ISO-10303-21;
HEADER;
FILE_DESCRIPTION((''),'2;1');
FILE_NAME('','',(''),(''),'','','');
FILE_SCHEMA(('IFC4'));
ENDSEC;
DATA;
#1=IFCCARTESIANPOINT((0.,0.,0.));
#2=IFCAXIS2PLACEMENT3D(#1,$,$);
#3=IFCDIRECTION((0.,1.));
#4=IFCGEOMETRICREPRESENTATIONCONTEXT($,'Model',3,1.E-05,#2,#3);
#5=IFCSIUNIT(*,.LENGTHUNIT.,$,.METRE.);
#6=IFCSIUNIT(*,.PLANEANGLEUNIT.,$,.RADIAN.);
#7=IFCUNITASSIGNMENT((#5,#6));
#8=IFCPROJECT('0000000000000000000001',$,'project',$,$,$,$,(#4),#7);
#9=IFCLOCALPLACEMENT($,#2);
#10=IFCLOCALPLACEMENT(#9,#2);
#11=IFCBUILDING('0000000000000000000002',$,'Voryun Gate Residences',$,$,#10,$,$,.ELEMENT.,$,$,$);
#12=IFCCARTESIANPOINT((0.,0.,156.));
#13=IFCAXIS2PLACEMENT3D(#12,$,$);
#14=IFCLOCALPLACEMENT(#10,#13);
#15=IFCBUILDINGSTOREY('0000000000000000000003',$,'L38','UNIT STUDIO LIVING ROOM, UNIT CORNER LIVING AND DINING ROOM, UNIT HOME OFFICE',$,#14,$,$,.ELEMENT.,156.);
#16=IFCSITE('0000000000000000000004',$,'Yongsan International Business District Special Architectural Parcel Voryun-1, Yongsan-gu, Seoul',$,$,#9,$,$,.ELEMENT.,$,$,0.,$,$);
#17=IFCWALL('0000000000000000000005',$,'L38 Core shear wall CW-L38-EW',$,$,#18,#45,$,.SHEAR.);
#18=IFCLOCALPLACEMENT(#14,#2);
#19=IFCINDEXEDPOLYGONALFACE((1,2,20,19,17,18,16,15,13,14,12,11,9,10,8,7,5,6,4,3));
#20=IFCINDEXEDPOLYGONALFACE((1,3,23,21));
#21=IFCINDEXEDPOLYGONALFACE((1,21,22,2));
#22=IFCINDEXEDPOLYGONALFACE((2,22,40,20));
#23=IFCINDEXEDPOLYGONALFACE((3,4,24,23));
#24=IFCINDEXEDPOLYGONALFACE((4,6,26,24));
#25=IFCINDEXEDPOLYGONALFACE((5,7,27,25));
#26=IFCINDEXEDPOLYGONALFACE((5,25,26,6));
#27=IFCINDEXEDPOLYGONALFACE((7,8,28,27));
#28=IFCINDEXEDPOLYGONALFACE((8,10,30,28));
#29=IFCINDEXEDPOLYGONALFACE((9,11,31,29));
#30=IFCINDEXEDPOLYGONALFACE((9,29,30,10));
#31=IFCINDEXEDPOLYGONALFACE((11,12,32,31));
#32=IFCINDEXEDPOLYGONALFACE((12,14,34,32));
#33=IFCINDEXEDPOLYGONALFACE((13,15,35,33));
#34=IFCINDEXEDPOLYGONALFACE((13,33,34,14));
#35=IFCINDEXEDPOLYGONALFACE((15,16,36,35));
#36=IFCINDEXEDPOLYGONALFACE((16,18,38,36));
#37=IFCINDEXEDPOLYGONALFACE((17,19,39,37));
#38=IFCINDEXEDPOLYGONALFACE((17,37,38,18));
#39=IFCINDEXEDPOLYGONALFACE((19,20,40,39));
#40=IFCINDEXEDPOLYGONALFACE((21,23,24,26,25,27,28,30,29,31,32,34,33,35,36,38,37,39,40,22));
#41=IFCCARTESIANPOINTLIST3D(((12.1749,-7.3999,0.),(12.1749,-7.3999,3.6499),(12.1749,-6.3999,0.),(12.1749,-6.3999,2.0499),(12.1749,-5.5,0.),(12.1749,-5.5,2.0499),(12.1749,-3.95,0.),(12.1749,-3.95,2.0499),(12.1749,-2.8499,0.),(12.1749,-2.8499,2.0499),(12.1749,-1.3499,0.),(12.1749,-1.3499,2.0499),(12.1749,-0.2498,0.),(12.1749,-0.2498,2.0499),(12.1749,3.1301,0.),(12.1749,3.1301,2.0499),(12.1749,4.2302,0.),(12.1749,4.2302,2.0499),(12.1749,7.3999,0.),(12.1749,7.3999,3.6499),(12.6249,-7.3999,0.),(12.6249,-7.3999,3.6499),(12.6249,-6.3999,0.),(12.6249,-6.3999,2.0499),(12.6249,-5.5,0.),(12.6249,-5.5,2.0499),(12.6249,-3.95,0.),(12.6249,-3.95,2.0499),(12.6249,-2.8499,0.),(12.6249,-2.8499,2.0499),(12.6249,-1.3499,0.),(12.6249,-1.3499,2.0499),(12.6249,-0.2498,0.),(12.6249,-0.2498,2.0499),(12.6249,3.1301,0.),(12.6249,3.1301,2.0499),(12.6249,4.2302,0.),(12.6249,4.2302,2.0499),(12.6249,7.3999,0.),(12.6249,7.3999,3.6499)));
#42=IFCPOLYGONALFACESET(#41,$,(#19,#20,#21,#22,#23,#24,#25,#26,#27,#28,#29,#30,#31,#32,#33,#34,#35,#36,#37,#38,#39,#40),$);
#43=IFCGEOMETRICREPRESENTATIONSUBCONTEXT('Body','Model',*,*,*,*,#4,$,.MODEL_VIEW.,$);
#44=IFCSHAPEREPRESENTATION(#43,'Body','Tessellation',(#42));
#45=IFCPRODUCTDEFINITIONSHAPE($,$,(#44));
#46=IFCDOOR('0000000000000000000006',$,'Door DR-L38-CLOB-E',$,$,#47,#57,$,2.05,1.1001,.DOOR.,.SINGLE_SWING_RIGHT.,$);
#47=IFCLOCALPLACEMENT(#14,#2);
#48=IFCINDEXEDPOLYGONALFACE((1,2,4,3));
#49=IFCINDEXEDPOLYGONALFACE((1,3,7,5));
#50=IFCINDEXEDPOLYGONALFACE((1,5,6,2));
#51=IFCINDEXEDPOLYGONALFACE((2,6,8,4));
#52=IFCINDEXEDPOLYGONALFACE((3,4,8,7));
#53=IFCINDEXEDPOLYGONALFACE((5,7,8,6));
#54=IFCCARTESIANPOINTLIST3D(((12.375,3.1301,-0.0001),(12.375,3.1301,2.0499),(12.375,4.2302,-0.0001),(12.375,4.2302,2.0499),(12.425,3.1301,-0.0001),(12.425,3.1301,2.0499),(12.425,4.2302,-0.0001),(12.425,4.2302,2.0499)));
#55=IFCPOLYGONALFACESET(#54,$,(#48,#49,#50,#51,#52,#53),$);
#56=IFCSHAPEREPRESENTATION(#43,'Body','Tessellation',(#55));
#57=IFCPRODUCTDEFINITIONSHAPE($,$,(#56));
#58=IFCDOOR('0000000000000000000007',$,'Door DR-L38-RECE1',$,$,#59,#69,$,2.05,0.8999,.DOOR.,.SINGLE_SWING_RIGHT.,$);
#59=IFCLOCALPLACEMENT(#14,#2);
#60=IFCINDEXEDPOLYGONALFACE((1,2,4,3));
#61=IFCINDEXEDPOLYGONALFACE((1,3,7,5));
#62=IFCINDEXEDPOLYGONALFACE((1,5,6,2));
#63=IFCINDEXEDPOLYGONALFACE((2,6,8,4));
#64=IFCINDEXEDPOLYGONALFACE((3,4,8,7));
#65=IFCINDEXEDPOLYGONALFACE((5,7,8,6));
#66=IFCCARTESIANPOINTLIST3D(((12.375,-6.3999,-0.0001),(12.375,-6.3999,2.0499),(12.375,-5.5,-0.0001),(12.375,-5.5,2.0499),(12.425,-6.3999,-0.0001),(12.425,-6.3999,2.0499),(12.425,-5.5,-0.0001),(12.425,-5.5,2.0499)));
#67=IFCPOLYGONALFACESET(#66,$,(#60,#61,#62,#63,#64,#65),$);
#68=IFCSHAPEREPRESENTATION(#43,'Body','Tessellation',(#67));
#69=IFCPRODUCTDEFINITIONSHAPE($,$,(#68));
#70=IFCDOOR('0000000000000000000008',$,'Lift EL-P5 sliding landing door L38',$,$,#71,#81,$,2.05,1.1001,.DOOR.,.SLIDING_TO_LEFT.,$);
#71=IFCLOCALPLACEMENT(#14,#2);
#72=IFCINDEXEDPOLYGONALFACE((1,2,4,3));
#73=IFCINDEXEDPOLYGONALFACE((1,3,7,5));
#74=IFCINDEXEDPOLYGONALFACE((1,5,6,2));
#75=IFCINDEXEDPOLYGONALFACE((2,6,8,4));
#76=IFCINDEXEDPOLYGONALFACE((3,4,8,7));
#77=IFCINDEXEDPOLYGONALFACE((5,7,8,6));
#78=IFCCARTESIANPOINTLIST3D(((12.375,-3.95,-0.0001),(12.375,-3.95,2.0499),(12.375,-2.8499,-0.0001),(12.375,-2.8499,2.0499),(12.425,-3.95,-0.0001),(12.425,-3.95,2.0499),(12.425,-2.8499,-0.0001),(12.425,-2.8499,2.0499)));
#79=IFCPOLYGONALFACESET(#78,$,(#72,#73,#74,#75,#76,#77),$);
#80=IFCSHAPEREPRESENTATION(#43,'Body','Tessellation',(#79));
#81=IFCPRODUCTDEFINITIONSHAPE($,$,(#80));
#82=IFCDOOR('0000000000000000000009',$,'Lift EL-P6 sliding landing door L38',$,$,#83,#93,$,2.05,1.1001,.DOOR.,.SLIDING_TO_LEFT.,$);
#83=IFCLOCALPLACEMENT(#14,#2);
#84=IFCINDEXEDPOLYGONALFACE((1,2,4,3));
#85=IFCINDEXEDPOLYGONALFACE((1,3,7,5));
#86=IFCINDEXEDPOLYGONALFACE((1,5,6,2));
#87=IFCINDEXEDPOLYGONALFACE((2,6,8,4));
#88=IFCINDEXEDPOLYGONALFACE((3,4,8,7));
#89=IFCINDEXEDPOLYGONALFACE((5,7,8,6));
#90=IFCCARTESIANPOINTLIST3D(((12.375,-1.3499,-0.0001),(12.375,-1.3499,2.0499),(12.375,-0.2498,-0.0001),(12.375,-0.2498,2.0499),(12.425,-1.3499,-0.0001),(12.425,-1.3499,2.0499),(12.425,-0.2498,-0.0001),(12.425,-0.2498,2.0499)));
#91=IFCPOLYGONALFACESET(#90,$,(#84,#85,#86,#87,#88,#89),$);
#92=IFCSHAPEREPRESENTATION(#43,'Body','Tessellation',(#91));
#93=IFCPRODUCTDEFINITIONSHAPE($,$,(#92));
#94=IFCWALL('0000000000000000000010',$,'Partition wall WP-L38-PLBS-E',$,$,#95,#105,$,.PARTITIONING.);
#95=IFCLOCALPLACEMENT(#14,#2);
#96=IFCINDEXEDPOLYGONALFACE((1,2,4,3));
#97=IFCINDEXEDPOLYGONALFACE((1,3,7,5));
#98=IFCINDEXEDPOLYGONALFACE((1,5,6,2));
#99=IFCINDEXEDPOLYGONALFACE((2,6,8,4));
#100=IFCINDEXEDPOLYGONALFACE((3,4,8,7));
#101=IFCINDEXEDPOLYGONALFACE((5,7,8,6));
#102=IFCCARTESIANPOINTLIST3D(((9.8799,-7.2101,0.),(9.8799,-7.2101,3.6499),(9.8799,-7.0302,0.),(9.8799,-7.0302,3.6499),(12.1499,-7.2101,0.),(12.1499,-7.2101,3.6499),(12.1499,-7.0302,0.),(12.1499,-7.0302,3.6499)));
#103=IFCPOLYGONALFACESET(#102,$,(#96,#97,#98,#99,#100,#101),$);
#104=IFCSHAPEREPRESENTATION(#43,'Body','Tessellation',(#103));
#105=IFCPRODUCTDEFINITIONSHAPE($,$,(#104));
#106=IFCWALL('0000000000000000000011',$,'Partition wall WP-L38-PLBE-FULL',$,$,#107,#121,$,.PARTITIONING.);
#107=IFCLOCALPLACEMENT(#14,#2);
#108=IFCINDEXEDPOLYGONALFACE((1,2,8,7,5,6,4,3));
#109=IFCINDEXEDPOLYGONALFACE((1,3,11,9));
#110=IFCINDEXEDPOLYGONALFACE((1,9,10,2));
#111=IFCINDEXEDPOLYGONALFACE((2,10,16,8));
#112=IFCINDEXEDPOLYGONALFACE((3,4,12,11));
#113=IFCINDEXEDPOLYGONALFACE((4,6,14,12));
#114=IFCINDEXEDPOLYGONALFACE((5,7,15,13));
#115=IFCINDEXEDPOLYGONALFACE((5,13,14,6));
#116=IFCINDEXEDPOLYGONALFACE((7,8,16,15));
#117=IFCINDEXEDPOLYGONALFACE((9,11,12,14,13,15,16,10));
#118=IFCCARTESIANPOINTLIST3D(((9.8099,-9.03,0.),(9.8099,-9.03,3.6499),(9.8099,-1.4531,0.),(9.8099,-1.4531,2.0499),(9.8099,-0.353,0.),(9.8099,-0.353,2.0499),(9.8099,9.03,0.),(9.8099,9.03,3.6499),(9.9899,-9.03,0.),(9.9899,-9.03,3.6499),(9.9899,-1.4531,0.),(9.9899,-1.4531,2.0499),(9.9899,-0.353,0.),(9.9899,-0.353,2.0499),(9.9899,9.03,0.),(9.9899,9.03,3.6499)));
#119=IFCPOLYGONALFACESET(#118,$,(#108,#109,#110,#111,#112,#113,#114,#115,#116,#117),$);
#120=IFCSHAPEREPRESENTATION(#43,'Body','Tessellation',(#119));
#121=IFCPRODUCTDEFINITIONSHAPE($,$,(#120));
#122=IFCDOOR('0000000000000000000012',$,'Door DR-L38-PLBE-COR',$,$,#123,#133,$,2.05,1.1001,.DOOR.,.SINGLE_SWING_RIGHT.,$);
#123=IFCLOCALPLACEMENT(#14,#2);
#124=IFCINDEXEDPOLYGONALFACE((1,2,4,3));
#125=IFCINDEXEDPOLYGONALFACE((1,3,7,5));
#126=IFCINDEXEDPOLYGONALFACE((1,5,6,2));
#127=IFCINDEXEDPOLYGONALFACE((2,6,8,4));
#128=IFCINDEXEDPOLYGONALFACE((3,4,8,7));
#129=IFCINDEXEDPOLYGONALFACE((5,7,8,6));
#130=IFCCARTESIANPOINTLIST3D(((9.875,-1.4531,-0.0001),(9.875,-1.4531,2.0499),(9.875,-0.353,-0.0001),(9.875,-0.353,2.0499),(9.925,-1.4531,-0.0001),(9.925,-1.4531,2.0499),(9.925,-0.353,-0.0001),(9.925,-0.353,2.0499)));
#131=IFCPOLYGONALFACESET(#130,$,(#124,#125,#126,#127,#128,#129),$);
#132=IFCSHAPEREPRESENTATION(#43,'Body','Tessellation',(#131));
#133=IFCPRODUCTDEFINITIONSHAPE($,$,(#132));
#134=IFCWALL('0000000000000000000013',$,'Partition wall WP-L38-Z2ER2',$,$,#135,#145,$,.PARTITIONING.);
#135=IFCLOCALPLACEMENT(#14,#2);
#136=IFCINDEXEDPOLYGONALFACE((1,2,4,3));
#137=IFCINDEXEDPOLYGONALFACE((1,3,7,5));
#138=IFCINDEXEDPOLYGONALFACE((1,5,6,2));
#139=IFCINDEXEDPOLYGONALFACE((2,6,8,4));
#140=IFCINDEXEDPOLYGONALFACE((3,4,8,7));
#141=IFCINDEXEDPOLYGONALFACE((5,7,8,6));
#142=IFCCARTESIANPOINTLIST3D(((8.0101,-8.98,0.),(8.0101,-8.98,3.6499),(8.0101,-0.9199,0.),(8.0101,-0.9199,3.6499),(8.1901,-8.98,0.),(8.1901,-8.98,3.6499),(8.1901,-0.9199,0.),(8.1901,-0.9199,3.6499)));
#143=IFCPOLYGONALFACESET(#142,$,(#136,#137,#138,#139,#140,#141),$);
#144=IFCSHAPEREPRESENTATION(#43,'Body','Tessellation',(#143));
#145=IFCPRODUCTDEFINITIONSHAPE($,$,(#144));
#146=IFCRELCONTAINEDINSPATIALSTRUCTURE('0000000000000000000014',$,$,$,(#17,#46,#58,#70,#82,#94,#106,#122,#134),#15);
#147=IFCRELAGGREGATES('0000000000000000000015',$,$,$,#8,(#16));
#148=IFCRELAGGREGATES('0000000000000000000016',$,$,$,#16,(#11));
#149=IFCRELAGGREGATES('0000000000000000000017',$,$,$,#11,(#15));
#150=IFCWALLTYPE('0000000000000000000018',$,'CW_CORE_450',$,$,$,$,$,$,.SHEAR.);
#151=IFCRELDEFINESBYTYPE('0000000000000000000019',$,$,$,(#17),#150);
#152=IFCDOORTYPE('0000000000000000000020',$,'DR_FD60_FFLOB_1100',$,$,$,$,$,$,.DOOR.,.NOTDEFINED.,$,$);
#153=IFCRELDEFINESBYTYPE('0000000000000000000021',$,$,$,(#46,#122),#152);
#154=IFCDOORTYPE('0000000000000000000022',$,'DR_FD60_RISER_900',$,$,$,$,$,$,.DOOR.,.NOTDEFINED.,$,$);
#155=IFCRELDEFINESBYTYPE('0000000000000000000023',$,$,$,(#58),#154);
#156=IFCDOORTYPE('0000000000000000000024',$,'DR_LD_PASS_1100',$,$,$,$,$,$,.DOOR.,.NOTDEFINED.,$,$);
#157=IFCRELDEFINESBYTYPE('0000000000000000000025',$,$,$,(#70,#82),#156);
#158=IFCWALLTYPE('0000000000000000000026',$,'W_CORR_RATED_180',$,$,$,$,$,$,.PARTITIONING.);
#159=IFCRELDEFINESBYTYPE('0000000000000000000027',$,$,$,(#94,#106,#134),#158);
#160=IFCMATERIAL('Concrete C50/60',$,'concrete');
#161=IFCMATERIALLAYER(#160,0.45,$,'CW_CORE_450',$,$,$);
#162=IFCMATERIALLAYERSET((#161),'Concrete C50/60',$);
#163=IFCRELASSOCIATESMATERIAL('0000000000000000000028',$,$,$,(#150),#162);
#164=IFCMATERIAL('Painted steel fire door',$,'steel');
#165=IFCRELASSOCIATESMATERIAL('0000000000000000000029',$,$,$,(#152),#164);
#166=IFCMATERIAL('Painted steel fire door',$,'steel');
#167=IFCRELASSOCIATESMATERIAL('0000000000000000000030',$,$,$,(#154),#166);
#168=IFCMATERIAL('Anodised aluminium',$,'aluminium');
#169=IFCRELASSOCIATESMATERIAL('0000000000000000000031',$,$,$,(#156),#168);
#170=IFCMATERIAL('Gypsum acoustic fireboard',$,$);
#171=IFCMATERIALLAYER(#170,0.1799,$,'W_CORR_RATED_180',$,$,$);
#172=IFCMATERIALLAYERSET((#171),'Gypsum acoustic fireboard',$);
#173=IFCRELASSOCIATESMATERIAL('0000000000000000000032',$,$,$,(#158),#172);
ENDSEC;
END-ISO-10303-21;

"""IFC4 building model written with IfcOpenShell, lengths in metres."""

from ifc_helpers import new_model, si_unit, direction, frame, frame_2d, origin, place, context, subcontext, project, spatial, rectangle, extrude, material, layer, layer_set, type_object, element, fill, save


model = new_model("IFC4")

# Units and contexts
model_context = context("Model", 3, precision=1e-05, world=origin(), true_north=direction((0.0, 1.0)))
body_context = subcontext(model_context, "Body", "Model", "MODEL_VIEW")
ifc_project = project(units=[si_unit("LENGTHUNIT", "METRE"), si_unit("PLANEANGLEUNIT", "RADIAN")], contexts=[model_context])

# Site, building, storey
site_placement = place(None, origin())
site = spatial("IfcSite", under=ifc_project, at=site_placement, Name="Yongsan International Business District Special Architectural Parcel Voryun-1, Yongsan-gu, Seoul", CompositionType="ELEMENT", RefElevation=0.0)
building_placement = place(site_placement, origin())
building = spatial("IfcBuilding", under=site, at=building_placement, Name="Voryun Gate Residences", CompositionType="ELEMENT")
storey_placement = place(building_placement, frame((0.0, 0.0, 156.0)))
storey = spatial("IfcBuildingStorey", under=building, at=storey_placement, Name="L38", Description="UNIT STUDIO LIVING ROOM, UNIT CORNER LIVING AND DINING ROOM, UNIT HOME OFFICE", CompositionType="ELEMENT", Elevation=156.0)

# Shared definitions
ifc_material_1 = material(Name="Concrete C50/60", Category="concrete")
ifc_layer_1 = layer(ifc_material_1, 0.45, Name="CW_CORE_450")
ifc_layer_set_1 = layer_set([ifc_layer_1], Name="Concrete C50/60")
wall_type_1 = type_object("IfcWallType", Name="CW_CORE_450", PredefinedType="SHEAR", material=ifc_layer_set_1)

# Wall, openings, doors
wall_1_placement = place(storey_placement, frame((12.3999, -7.3999, 0.0), z_axis=(0.0, 0.0, 1.0), x_axis=(0.0, 1.0, 0.0)))
wall_1 = element("IfcWall", 1, at=wall_1_placement, inside=storey, type_object=wall_type_1, Name="L38 Core shear wall CW-L38-EW", PredefinedType="SHEAR", context=body_context, shape_type="SweptSolid", body=[
    extrude(rectangle(XDim=14.7998, YDim=0.45, at=frame_2d((7.3999, 0.0))), origin(), (0.0, 0.0, 1.0), 3.6499),
])
opening_1_placement = place(wall_1_placement, frame((3.45, 0.0, 0.0)))
opening_1 = element("IfcOpeningElement", 2, at=opening_1_placement, cuts=wall_1, PredefinedType="OPENING", context=body_context, shape_type="SweptSolid", body=[
    extrude(rectangle(XDim=1.1001, YDim=2.05, at=frame_2d((0.55, 1.0249))), frame((0.0, 0.2351, 0.0), z_axis=(0.0, -1.0, 0.0), x_axis=(1.0, 0.0, 0.0)), (0.0, 0.0, 1.0), 0.47),
])
opening_2_placement = place(wall_1_placement, frame((6.05, 0.0, 0.0)))
opening_2 = element("IfcOpeningElement", 3, at=opening_2_placement, cuts=wall_1, PredefinedType="OPENING", context=body_context, shape_type="SweptSolid", body=[
    extrude(rectangle(XDim=1.1001, YDim=2.05, at=frame_2d((0.55, 1.0249))), frame((0.0, 0.2351, 0.0), z_axis=(0.0, -1.0, 0.0), x_axis=(1.0, 0.0, 0.0)), (0.0, 0.0, 1.0), 0.47),
])
opening_3_placement = place(wall_1_placement, frame((10.53, 0.0, 0.0)))
opening_3 = element("IfcOpeningElement", 4, at=opening_3_placement, cuts=wall_1, PredefinedType="OPENING", context=body_context, shape_type="SweptSolid", body=[
    extrude(rectangle(XDim=1.1001, YDim=2.05, at=frame_2d((0.55, 1.0249))), frame((0.0, 0.2351, 0.0), z_axis=(0.0, -1.0, 0.0), x_axis=(1.0, 0.0, 0.0)), (0.0, 0.0, 1.0), 0.47),
])
opening_4_placement = place(wall_1_placement, frame((1.0, 0.0, 0.0)))
opening_4 = element("IfcOpeningElement", 5, at=opening_4_placement, cuts=wall_1, PredefinedType="OPENING", context=body_context, shape_type="SweptSolid", body=[
    extrude(rectangle(XDim=0.8999, YDim=2.05, at=frame_2d((0.45, 1.0249))), frame((0.0, 0.2351, 0.0), z_axis=(0.0, -1.0, 0.0), x_axis=(1.0, 0.0, 0.0)), (0.0, 0.0, 1.0), 0.47),
])
ifc_material_2 = material(Name="Painted steel fire door", Category="steel")
door_type_1 = type_object("IfcDoorType", Name="DR_FD60_FFLOB_1100", OperationType="NOTDEFINED", PredefinedType="DOOR", material=ifc_material_2)
door_1_placement = place(opening_3_placement, origin())
door_1 = element("IfcDoor", 6, at=door_1_placement, inside=storey, type_object=door_type_1, Name="Door DR-L38-CLOB-E", OperationType="SINGLE_SWING_RIGHT", OverallHeight=2.05, OverallWidth=1.1001, PredefinedType="DOOR", context=body_context, shape_type="SweptSolid", body=[
    extrude(rectangle(XDim=1.1001, YDim=2.05, at=frame_2d((0.55, 1.0249))), frame((0.0, 0.0249, 0.0), z_axis=(0.0, -1.0, 0.0), x_axis=(1.0, 0.0, 0.0)), (0.0, 0.0, 1.0), 0.05),
])
fill(opening_3, door_1)
ifc_material_3 = material(Name="Painted steel fire door", Category="steel")
door_type_2 = type_object("IfcDoorType", Name="DR_FD60_RISER_900", OperationType="NOTDEFINED", PredefinedType="DOOR", material=ifc_material_3)
door_2_placement = place(opening_4_placement, origin())
door_2 = element("IfcDoor", 7, at=door_2_placement, inside=storey, type_object=door_type_2, Name="Door DR-L38-RECE1", OperationType="SINGLE_SWING_RIGHT", OverallHeight=2.05, OverallWidth=0.8999, PredefinedType="DOOR", context=body_context, shape_type="SweptSolid", body=[
    extrude(rectangle(XDim=0.8999, YDim=2.05, at=frame_2d((0.45, 1.0249))), frame((0.0, 0.0249, 0.0), z_axis=(0.0, -1.0, 0.0), x_axis=(1.0, 0.0, 0.0)), (0.0, 0.0, 1.0), 0.05),
])
fill(opening_4, door_2)
ifc_material_4 = material(Name="Anodised aluminium", Category="aluminium")
door_type_3 = type_object("IfcDoorType", Name="DR_LD_PASS_1100", OperationType="NOTDEFINED", PredefinedType="DOOR", material=ifc_material_4)
door_3_placement = place(opening_1_placement, origin())
door_3 = element("IfcDoor", 8, at=door_3_placement, inside=storey, type_object=door_type_3, Name="Lift EL-P5 sliding landing door L38", OperationType="SLIDING_TO_LEFT", OverallHeight=2.05, OverallWidth=1.1001, PredefinedType="DOOR", context=body_context, shape_type="SweptSolid", body=[
    extrude(rectangle(XDim=1.1001, YDim=2.05, at=frame_2d((0.55, 1.0249))), frame((0.0, 0.0249, 0.0), z_axis=(0.0, -1.0, 0.0), x_axis=(1.0, 0.0, 0.0)), (0.0, 0.0, 1.0), 0.05),
])
fill(opening_1, door_3)
door_4_placement = place(opening_2_placement, origin())
door_4 = element("IfcDoor", 9, at=door_4_placement, inside=storey, type_object=door_type_3, Name="Lift EL-P6 sliding landing door L38", OperationType="SLIDING_TO_LEFT", OverallHeight=2.05, OverallWidth=1.1001, PredefinedType="DOOR", context=body_context, shape_type="SweptSolid", body=[
    extrude(rectangle(XDim=1.1001, YDim=2.05, at=frame_2d((0.55, 1.0249))), frame((0.0, 0.0249, 0.0), z_axis=(0.0, -1.0, 0.0), x_axis=(1.0, 0.0, 0.0)), (0.0, 0.0, 1.0), 0.05),
])
fill(opening_2, door_4)

# Wall
ifc_material_5 = material(Name="Gypsum acoustic fireboard")
ifc_layer_2 = layer(ifc_material_5, 0.1799, Name="W_CORR_RATED_180")
ifc_layer_set_2 = layer_set([ifc_layer_2], Name="Gypsum acoustic fireboard")
wall_type_2 = type_object("IfcWallType", Name="W_CORR_RATED_180", PredefinedType="PARTITIONING", material=ifc_layer_set_2)
wall_2_placement = place(storey_placement, frame((9.8799, -7.1201, 0.0), z_axis=(0.0, 0.0, 1.0), x_axis=(1.0, 0.0, 0.0)))
element("IfcWall", 10, at=wall_2_placement, inside=storey, type_object=wall_type_2, Name="Partition wall WP-L38-PLBS-E", PredefinedType="PARTITIONING", context=body_context, shape_type="SweptSolid", body=[
    extrude(rectangle(XDim=2.27, YDim=0.1799, at=frame_2d((1.135, 0.0))), origin(), (0.0, 0.0, 1.0), 3.6499),
])

# Wall, opening, door
wall_3_placement = place(storey_placement, frame((9.8999, -9.03, 0.0), z_axis=(0.0, 0.0, 1.0), x_axis=(0.0, 1.0, 0.0)))
wall_3 = element("IfcWall", 11, at=wall_3_placement, inside=storey, type_object=wall_type_2, Name="Partition wall WP-L38-PLBE-FULL", PredefinedType="PARTITIONING", context=body_context, shape_type="SweptSolid", body=[
    extrude(rectangle(XDim=18.0601, YDim=0.1799, at=frame_2d((9.03, 0.0))), origin(), (0.0, 0.0, 1.0), 3.6499),
])
opening_5_placement = place(wall_3_placement, frame((7.5769, 0.0, 0.0)))
opening_5 = element("IfcOpeningElement", 12, at=opening_5_placement, cuts=wall_3, PredefinedType="OPENING", context=body_context, shape_type="SweptSolid", body=[
    extrude(rectangle(XDim=1.1001, YDim=2.05, at=frame_2d((0.55, 1.0249))), frame((0.0, 0.0999, 0.0), z_axis=(0.0, -1.0, 0.0), x_axis=(1.0, 0.0, 0.0)), (0.0, 0.0, 1.0), 0.2),
])
door_5_placement = place(opening_5_placement, origin())
door_5 = element("IfcDoor", 13, at=door_5_placement, inside=storey, type_object=door_type_1, Name="Door DR-L38-PLBE-COR", OperationType="SINGLE_SWING_RIGHT", OverallHeight=2.05, OverallWidth=1.1001, PredefinedType="DOOR", context=body_context, shape_type="SweptSolid", body=[
    extrude(rectangle(XDim=1.1001, YDim=2.05, at=frame_2d((0.55, 1.0249))), frame((0.0, 0.0249, 0.0), z_axis=(0.0, -1.0, 0.0), x_axis=(1.0, 0.0, 0.0)), (0.0, 0.0, 1.0), 0.05),
])
fill(opening_5, door_5)

# Wall
wall_4_placement = place(storey_placement, frame((8.1001, -8.98, 0.0), z_axis=(0.0, 0.0, 1.0), x_axis=(0.0, 1.0, 0.0)))
element("IfcWall", 14, at=wall_4_placement, inside=storey, type_object=wall_type_2, Name="Partition wall WP-L38-Z2ER2", PredefinedType="PARTITIONING", context=body_context, shape_type="SweptSolid", body=[
    extrude(rectangle(XDim=8.0601, YDim=0.1799, at=frame_2d((4.03, 0.0))), origin(), (0.0, 0.0, 1.0), 3.6499),
])

save(model, "model.ifc")
